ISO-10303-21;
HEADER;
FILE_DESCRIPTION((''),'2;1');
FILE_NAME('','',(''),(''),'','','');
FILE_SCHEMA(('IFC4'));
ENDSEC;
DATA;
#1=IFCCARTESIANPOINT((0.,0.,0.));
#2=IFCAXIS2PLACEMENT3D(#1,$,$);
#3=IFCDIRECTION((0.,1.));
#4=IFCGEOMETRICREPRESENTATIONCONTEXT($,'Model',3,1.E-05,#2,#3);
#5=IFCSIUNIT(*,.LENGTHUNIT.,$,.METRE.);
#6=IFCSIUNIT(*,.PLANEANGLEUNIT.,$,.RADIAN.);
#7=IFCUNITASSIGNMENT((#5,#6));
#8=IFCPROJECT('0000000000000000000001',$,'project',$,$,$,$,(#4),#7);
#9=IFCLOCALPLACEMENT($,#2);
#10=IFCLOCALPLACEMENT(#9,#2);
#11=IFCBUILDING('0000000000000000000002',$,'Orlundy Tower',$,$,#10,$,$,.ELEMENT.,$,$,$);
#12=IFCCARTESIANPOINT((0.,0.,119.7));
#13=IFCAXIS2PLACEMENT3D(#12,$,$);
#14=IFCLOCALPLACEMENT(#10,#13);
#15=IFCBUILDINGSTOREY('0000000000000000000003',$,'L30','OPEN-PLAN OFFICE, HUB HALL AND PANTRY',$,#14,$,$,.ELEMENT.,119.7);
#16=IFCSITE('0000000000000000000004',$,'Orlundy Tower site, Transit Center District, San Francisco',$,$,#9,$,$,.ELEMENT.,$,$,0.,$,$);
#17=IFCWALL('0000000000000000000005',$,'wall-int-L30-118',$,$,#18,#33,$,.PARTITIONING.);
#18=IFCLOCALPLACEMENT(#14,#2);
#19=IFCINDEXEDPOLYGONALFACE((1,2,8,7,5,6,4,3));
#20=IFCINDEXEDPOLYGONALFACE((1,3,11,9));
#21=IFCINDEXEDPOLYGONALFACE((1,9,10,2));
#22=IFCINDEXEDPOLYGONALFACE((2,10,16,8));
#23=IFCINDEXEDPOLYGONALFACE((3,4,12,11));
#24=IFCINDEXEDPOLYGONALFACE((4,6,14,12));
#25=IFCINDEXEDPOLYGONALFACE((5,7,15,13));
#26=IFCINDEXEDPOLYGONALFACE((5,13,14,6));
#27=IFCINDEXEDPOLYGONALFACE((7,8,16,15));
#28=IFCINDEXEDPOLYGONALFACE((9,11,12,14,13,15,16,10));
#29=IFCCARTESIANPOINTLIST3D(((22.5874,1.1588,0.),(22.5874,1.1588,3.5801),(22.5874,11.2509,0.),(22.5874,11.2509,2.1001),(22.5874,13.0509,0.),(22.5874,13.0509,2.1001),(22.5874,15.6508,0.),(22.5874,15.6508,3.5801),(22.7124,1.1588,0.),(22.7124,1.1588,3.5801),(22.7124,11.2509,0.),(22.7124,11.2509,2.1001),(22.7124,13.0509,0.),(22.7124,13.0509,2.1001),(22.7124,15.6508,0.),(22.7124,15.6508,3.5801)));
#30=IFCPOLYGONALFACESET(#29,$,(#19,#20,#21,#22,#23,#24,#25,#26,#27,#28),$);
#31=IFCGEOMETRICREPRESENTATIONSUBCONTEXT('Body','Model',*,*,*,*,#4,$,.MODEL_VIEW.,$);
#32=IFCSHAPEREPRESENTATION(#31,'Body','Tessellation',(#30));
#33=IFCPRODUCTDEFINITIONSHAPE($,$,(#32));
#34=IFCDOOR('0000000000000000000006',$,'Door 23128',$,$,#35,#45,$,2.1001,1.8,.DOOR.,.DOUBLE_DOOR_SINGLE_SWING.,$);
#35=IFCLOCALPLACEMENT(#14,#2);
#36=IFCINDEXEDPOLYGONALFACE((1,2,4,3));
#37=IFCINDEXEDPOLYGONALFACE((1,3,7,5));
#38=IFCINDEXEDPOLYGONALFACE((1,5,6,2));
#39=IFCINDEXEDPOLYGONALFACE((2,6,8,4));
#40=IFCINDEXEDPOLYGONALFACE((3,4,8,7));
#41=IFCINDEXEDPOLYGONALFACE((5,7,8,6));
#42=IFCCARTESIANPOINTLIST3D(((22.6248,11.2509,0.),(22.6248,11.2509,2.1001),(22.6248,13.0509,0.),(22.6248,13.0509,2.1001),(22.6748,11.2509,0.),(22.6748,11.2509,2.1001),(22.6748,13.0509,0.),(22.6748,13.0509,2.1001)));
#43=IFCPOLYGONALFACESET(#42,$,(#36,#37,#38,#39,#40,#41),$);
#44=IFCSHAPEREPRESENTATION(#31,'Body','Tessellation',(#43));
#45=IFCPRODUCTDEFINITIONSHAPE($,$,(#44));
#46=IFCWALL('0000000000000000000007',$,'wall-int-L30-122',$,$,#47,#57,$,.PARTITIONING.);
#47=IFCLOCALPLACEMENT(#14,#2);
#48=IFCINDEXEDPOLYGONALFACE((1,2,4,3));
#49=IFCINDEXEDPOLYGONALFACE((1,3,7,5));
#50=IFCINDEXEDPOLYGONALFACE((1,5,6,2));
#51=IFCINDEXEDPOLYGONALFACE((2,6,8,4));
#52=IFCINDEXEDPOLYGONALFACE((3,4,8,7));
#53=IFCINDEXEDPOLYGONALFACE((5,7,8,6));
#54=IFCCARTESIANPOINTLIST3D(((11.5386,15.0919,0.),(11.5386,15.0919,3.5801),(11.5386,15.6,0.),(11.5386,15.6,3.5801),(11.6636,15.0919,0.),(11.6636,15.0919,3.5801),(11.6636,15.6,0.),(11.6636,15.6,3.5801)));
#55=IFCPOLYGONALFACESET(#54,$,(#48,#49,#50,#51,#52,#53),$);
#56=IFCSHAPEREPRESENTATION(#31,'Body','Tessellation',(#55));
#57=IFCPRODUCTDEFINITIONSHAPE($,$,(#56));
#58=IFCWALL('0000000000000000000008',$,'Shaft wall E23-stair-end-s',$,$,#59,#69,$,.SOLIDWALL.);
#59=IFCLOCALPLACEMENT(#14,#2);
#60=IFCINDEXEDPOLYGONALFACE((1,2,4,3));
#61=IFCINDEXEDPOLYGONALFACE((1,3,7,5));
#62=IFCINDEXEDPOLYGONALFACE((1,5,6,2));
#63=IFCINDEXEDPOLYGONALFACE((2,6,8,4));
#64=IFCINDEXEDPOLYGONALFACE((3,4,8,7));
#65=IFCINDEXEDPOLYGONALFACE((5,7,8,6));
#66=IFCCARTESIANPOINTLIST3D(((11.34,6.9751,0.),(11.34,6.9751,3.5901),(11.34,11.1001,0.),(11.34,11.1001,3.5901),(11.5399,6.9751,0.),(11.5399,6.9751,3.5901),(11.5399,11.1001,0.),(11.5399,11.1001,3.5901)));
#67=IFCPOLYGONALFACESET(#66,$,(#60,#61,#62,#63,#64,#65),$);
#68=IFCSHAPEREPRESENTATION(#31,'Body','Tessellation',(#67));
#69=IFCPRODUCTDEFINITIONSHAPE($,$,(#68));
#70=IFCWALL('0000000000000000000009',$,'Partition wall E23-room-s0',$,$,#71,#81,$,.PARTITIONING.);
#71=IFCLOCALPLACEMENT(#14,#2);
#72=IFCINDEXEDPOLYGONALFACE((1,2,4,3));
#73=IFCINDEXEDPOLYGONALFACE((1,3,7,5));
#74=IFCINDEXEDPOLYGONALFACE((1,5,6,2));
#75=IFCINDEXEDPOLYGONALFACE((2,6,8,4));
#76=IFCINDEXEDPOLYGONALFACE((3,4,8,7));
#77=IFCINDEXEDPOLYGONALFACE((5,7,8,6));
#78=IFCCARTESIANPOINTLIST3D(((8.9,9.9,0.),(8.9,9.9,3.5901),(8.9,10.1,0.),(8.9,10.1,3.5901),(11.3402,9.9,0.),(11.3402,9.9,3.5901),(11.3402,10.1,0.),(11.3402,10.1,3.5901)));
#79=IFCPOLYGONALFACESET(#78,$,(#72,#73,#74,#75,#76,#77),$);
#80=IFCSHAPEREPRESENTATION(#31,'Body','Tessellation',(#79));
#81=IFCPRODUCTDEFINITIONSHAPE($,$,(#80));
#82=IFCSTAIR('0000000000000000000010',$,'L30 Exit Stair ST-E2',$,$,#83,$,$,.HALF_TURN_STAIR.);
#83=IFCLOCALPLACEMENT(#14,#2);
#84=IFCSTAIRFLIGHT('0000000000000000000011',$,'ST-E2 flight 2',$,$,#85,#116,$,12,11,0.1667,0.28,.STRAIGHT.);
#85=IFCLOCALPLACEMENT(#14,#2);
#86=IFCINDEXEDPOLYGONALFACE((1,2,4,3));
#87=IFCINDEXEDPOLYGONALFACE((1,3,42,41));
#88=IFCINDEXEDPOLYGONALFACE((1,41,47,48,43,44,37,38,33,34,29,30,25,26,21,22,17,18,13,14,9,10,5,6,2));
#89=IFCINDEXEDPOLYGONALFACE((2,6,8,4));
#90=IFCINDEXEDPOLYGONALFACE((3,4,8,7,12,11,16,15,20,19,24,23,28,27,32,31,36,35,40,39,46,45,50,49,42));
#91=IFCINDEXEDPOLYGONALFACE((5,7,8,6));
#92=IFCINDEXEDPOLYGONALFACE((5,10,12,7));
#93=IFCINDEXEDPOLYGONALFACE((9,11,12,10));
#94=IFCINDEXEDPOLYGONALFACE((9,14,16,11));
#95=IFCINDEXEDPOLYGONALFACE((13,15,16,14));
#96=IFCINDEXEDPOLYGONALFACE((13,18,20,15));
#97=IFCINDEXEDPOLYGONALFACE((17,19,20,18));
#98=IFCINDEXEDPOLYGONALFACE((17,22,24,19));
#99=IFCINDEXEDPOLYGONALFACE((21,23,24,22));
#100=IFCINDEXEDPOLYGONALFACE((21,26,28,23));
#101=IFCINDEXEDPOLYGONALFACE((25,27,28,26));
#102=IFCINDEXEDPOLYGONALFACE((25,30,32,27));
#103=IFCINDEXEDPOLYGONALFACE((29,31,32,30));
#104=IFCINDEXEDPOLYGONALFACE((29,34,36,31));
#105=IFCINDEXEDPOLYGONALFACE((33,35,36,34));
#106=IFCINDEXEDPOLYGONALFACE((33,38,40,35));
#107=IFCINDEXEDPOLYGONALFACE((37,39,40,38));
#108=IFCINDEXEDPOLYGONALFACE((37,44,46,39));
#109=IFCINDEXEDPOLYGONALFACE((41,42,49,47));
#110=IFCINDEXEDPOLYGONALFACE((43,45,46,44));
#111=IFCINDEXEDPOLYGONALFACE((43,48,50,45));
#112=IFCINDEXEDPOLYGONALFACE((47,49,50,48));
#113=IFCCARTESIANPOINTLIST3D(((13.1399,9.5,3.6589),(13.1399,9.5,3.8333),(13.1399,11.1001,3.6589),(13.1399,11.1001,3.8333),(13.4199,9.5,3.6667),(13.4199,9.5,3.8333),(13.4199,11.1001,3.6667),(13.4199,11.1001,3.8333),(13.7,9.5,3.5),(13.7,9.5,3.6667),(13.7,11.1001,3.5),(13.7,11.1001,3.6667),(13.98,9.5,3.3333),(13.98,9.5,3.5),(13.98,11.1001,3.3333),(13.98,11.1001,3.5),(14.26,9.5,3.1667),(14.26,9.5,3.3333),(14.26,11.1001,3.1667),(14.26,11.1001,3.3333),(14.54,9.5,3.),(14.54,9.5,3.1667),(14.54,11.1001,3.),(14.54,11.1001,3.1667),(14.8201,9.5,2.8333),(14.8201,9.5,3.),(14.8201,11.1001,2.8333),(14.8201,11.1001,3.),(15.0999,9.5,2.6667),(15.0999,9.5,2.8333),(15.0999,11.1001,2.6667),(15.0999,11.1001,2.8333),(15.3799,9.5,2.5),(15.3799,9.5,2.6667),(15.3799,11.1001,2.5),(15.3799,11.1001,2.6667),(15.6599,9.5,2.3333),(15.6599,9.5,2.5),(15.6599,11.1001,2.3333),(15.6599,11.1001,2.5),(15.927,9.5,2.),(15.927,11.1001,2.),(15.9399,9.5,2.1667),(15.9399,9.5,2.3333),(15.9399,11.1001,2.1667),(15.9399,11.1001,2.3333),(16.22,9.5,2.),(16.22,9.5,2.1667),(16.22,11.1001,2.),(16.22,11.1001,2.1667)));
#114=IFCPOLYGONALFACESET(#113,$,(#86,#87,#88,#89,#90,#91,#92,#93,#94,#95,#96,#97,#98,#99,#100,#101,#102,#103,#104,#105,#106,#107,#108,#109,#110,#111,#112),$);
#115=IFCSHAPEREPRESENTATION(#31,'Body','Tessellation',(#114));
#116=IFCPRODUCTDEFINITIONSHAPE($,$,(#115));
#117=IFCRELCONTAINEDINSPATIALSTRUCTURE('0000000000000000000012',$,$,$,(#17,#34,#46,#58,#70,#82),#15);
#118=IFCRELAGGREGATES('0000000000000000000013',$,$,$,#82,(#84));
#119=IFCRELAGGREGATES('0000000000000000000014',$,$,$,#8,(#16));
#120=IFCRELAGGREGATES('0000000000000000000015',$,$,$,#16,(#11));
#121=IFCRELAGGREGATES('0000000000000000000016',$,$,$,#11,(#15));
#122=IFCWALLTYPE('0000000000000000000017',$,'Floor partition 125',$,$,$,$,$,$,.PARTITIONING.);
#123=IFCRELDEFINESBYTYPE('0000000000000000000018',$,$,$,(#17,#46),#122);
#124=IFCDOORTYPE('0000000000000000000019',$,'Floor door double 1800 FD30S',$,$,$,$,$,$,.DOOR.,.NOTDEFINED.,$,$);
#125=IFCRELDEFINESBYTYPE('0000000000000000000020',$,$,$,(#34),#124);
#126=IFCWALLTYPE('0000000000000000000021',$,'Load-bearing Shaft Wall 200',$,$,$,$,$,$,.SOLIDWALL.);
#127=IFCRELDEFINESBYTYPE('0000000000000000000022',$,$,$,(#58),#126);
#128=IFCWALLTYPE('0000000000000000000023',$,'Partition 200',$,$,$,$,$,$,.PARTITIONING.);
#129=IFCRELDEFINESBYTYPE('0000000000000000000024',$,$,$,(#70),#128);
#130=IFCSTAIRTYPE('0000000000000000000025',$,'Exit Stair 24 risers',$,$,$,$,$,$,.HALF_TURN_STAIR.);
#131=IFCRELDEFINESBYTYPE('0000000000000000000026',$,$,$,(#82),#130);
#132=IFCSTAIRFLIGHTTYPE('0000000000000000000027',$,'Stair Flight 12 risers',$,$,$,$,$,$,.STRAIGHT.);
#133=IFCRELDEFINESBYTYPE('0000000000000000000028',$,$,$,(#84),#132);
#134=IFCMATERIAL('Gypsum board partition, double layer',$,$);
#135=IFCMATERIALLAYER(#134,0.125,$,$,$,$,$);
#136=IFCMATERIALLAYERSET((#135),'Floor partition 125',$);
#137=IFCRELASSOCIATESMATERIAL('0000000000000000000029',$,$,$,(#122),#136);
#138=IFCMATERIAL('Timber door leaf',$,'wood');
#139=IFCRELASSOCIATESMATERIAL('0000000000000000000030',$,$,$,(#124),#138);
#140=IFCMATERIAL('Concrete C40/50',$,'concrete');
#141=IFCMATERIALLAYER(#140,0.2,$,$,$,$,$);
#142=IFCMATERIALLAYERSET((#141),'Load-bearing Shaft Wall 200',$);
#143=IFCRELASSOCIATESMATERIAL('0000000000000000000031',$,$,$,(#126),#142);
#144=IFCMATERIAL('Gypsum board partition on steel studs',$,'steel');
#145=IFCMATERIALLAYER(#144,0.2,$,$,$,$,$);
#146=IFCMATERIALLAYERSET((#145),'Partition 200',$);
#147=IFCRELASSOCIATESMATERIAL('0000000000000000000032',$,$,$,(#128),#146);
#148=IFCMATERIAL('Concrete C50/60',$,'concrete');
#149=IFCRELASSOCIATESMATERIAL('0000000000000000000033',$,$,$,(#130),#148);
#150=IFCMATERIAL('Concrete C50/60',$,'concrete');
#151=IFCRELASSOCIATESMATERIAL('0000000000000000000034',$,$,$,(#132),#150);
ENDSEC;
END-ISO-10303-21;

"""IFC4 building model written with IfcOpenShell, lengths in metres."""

from ifc_helpers import new_model, si_unit, direction, frame, frame_2d, origin, place, context, subcontext, project, spatial, polyline, rectangle, outline, extrude, material, layer, layer_set, type_object, element, fill, aggregate, save


model = new_model("IFC4")

# Units and contexts
model_context = context("Model", 3, precision=1e-05, world=origin(), true_north=direction((0.0, 1.0)))
body_context = subcontext(model_context, "Body", "Model", "MODEL_VIEW")
ifc_project = project(units=[si_unit("LENGTHUNIT", "METRE"), si_unit("PLANEANGLEUNIT", "RADIAN")], contexts=[model_context])

# Site, building, storey
site_placement = place(None, origin())
site = spatial("IfcSite", under=ifc_project, at=site_placement, Name="Orlundy Tower site, Transit Center District, San Francisco", CompositionType="ELEMENT", RefElevation=0.0)
building_placement = place(site_placement, origin())
building = spatial("IfcBuilding", under=site, at=building_placement, Name="Orlundy Tower", CompositionType="ELEMENT")
storey_placement = place(building_placement, frame((0.0, 0.0, 119.7)))
storey = spatial("IfcBuildingStorey", under=building, at=storey_placement, Name="L30", Description="OPEN-PLAN OFFICE, HUB HALL AND PANTRY", CompositionType="ELEMENT", Elevation=119.7)

# Shared definitions
ifc_material_1 = material(Name="Gypsum board partition, double layer")
ifc_layer_1 = layer(ifc_material_1, 0.125)
ifc_layer_set_1 = layer_set([ifc_layer_1], Name="Floor partition 125")
wall_type_1 = type_object("IfcWallType", Name="Floor partition 125", PredefinedType="PARTITIONING", material=ifc_layer_set_1)

# Wall, opening, door
wall_1_placement = place(storey_placement, frame((22.6499, 15.6509, 0.0), z_axis=(0.0, 0.0, 1.0), x_axis=(0.0, -1.0, 0.0)))
wall_1 = element("IfcWall", 1, at=wall_1_placement, inside=storey, type_object=wall_type_1, Name="wall-int-L30-118", PredefinedType="PARTITIONING", context=body_context, shape_type="SweptSolid", body=[
    extrude(rectangle(XDim=14.4919, YDim=0.125, at=frame_2d((7.2461, 0.0))), origin(), (0.0, 0.0, 1.0), 3.5801),
])
opening_1_placement = place(wall_1_placement, frame((2.6001, 0.0, 0.0)))
opening_1 = element("IfcOpeningElement", 2, at=opening_1_placement, cuts=wall_1, PredefinedType="OPENING", context=body_context, shape_type="SweptSolid", body=[
    extrude(rectangle(XDim=1.8, YDim=2.1001, at=frame_2d((0.8999, 1.05))), frame((0.0, 0.0725, 0.0), z_axis=(0.0, -1.0, 0.0), x_axis=(1.0, 0.0, 0.0)), (0.0, 0.0, 1.0), 0.145),
])
ifc_material_2 = material(Name="Timber door leaf", Category="wood")
door_type_1 = type_object("IfcDoorType", Name="Floor door double 1800 FD30S", OperationType="NOTDEFINED", PredefinedType="DOOR", material=ifc_material_2)
door_1_placement = place(opening_1_placement, origin())
door_1 = element("IfcDoor", 3, at=door_1_placement, inside=storey, type_object=door_type_1, Name="Door 23128", OperationType="DOUBLE_DOOR_SINGLE_SWING", OverallHeight=2.1001, OverallWidth=1.8, PredefinedType="DOOR", context=body_context, shape_type="SweptSolid", body=[
    extrude(rectangle(XDim=1.8, YDim=2.1001, at=frame_2d((0.8999, 1.05))), frame((0.0, 0.0249, 0.0), z_axis=(0.0, -1.0, 0.0), x_axis=(1.0, 0.0, 0.0)), (0.0, 0.0, 1.0), 0.05),
])
fill(opening_1, door_1)

# Walls
wall_2_placement = place(storey_placement, frame((11.6011, 15.092, 0.0), z_axis=(0.0, 0.0, 1.0), x_axis=(0.0, 1.0, 0.0)))
element("IfcWall", 4, at=wall_2_placement, inside=storey, type_object=wall_type_1, Name="wall-int-L30-122", PredefinedType="PARTITIONING", context=body_context, shape_type="SweptSolid", body=[
    extrude(rectangle(XDim=0.5081, YDim=0.125, at=frame_2d((0.2539, 0.0))), origin(), (0.0, 0.0, 1.0), 3.5801),
])
ifc_material_3 = material(Name="Concrete C40/50", Category="concrete")
ifc_layer_2 = layer(ifc_material_3, 0.2)
ifc_layer_set_2 = layer_set([ifc_layer_2], Name="Load-bearing Shaft Wall 200")
wall_type_2 = type_object("IfcWallType", Name="Load-bearing Shaft Wall 200", PredefinedType="SOLIDWALL", material=ifc_layer_set_2)
wall_3_placement = place(storey_placement, frame((11.4399, 11.1001, 0.0), z_axis=(0.0, 0.0, 1.0), x_axis=(0.0, -1.0, 0.0)))
element("IfcWall", 5, at=wall_3_placement, inside=storey, type_object=wall_type_2, Name="Shaft wall E23-stair-end-s", PredefinedType="SOLIDWALL", context=body_context, shape_type="SweptSolid", body=[
    extrude(rectangle(XDim=4.125, YDim=0.2, at=frame_2d((2.0625, 0.0))), origin(), (0.0, 0.0, 1.0), 3.5901),
])
ifc_material_4 = material(Name="Gypsum board partition on steel studs", Category="steel")
ifc_layer_3 = layer(ifc_material_4, 0.2)
ifc_layer_set_3 = layer_set([ifc_layer_3], Name="Partition 200")
wall_type_3 = type_object("IfcWallType", Name="Partition 200", PredefinedType="PARTITIONING", material=ifc_layer_set_3)
wall_4_placement = place(storey_placement, frame((8.8999, 10.0, 0.0), z_axis=(0.0, 0.0, 1.0), x_axis=(1.0, 0.0, 0.0)))
element("IfcWall", 6, at=wall_4_placement, inside=storey, type_object=wall_type_3, Name="Partition wall E23-room-s0", PredefinedType="PARTITIONING", context=body_context, shape_type="SweptSolid", body=[
    extrude(rectangle(XDim=2.4402, YDim=0.2, at=frame_2d((1.2202, 0.0))), origin(), (0.0, 0.0, 1.0), 3.5901),
])

# Stair, stair flight
ifc_material_5 = material(Name="Concrete C50/60", Category="concrete")
stair_type = type_object("IfcStairType", Name="Exit Stair 24 risers", PredefinedType="HALF_TURN_STAIR", material=ifc_material_5)
stair_placement = place(storey_placement, origin())
stair = element("IfcStair", 7, at=stair_placement, inside=storey, type_object=stair_type, Name="L30 Exit Stair ST-E2", PredefinedType="HALF_TURN_STAIR")
ifc_material_6 = material(Name="Concrete C50/60", Category="concrete")
stair_flight_type = type_object("IfcStairFlightType", Name="Stair Flight 12 risers", PredefinedType="STRAIGHT", material=ifc_material_6)
stair_flight_placement = place(storey_placement, frame((16.22, 10.3, 2.0), z_axis=(0.0, 0.0, 1.0), x_axis=(-1.0, 0.0, 0.0)))
stair_flight = element("IfcStairFlight", 8, at=stair_flight_placement, type_object=stair_flight_type, Name="ST-E2 flight 2", NumberOfRisers=12, NumberOfTreads=11, PredefinedType="STRAIGHT", RiserHeight=0.1667, TreadLength=0.28, context=body_context, shape_type="SweptSolid", body=[
    extrude(outline(polyline([(0.0, 0.0), (0.0, 0.1667), (0.28, 0.1667), (0.28, 0.3333), (0.5601, 0.3333), (0.5601, 0.5), (0.8401, 0.5), (0.8401, 0.6667), (1.1201, 0.6667), (1.1201, 0.8333), (1.3999, 0.8333), (1.3999, 1.0), (1.6799, 1.0), (1.6799, 1.1667), (1.96, 1.1667), (1.96, 1.3333), (2.24, 1.3333), (2.24, 1.5), (2.52, 1.5), (2.52, 1.6667), (2.8, 1.6667), (2.8, 1.8333), (3.0801, 1.8333), (3.0801, 2.0), (3.0801, 1.6589), (0.293, 0.0), (0.0, 0.0)])), frame((0.0, 0.8, 0.0), z_axis=(0.0, -1.0, 0.0), x_axis=(1.0, 0.0, 0.0)), (0.0, 0.0, 1.0), 1.6001),
])
aggregate(stair, [stair_flight])

save(model, "model.ifc")
